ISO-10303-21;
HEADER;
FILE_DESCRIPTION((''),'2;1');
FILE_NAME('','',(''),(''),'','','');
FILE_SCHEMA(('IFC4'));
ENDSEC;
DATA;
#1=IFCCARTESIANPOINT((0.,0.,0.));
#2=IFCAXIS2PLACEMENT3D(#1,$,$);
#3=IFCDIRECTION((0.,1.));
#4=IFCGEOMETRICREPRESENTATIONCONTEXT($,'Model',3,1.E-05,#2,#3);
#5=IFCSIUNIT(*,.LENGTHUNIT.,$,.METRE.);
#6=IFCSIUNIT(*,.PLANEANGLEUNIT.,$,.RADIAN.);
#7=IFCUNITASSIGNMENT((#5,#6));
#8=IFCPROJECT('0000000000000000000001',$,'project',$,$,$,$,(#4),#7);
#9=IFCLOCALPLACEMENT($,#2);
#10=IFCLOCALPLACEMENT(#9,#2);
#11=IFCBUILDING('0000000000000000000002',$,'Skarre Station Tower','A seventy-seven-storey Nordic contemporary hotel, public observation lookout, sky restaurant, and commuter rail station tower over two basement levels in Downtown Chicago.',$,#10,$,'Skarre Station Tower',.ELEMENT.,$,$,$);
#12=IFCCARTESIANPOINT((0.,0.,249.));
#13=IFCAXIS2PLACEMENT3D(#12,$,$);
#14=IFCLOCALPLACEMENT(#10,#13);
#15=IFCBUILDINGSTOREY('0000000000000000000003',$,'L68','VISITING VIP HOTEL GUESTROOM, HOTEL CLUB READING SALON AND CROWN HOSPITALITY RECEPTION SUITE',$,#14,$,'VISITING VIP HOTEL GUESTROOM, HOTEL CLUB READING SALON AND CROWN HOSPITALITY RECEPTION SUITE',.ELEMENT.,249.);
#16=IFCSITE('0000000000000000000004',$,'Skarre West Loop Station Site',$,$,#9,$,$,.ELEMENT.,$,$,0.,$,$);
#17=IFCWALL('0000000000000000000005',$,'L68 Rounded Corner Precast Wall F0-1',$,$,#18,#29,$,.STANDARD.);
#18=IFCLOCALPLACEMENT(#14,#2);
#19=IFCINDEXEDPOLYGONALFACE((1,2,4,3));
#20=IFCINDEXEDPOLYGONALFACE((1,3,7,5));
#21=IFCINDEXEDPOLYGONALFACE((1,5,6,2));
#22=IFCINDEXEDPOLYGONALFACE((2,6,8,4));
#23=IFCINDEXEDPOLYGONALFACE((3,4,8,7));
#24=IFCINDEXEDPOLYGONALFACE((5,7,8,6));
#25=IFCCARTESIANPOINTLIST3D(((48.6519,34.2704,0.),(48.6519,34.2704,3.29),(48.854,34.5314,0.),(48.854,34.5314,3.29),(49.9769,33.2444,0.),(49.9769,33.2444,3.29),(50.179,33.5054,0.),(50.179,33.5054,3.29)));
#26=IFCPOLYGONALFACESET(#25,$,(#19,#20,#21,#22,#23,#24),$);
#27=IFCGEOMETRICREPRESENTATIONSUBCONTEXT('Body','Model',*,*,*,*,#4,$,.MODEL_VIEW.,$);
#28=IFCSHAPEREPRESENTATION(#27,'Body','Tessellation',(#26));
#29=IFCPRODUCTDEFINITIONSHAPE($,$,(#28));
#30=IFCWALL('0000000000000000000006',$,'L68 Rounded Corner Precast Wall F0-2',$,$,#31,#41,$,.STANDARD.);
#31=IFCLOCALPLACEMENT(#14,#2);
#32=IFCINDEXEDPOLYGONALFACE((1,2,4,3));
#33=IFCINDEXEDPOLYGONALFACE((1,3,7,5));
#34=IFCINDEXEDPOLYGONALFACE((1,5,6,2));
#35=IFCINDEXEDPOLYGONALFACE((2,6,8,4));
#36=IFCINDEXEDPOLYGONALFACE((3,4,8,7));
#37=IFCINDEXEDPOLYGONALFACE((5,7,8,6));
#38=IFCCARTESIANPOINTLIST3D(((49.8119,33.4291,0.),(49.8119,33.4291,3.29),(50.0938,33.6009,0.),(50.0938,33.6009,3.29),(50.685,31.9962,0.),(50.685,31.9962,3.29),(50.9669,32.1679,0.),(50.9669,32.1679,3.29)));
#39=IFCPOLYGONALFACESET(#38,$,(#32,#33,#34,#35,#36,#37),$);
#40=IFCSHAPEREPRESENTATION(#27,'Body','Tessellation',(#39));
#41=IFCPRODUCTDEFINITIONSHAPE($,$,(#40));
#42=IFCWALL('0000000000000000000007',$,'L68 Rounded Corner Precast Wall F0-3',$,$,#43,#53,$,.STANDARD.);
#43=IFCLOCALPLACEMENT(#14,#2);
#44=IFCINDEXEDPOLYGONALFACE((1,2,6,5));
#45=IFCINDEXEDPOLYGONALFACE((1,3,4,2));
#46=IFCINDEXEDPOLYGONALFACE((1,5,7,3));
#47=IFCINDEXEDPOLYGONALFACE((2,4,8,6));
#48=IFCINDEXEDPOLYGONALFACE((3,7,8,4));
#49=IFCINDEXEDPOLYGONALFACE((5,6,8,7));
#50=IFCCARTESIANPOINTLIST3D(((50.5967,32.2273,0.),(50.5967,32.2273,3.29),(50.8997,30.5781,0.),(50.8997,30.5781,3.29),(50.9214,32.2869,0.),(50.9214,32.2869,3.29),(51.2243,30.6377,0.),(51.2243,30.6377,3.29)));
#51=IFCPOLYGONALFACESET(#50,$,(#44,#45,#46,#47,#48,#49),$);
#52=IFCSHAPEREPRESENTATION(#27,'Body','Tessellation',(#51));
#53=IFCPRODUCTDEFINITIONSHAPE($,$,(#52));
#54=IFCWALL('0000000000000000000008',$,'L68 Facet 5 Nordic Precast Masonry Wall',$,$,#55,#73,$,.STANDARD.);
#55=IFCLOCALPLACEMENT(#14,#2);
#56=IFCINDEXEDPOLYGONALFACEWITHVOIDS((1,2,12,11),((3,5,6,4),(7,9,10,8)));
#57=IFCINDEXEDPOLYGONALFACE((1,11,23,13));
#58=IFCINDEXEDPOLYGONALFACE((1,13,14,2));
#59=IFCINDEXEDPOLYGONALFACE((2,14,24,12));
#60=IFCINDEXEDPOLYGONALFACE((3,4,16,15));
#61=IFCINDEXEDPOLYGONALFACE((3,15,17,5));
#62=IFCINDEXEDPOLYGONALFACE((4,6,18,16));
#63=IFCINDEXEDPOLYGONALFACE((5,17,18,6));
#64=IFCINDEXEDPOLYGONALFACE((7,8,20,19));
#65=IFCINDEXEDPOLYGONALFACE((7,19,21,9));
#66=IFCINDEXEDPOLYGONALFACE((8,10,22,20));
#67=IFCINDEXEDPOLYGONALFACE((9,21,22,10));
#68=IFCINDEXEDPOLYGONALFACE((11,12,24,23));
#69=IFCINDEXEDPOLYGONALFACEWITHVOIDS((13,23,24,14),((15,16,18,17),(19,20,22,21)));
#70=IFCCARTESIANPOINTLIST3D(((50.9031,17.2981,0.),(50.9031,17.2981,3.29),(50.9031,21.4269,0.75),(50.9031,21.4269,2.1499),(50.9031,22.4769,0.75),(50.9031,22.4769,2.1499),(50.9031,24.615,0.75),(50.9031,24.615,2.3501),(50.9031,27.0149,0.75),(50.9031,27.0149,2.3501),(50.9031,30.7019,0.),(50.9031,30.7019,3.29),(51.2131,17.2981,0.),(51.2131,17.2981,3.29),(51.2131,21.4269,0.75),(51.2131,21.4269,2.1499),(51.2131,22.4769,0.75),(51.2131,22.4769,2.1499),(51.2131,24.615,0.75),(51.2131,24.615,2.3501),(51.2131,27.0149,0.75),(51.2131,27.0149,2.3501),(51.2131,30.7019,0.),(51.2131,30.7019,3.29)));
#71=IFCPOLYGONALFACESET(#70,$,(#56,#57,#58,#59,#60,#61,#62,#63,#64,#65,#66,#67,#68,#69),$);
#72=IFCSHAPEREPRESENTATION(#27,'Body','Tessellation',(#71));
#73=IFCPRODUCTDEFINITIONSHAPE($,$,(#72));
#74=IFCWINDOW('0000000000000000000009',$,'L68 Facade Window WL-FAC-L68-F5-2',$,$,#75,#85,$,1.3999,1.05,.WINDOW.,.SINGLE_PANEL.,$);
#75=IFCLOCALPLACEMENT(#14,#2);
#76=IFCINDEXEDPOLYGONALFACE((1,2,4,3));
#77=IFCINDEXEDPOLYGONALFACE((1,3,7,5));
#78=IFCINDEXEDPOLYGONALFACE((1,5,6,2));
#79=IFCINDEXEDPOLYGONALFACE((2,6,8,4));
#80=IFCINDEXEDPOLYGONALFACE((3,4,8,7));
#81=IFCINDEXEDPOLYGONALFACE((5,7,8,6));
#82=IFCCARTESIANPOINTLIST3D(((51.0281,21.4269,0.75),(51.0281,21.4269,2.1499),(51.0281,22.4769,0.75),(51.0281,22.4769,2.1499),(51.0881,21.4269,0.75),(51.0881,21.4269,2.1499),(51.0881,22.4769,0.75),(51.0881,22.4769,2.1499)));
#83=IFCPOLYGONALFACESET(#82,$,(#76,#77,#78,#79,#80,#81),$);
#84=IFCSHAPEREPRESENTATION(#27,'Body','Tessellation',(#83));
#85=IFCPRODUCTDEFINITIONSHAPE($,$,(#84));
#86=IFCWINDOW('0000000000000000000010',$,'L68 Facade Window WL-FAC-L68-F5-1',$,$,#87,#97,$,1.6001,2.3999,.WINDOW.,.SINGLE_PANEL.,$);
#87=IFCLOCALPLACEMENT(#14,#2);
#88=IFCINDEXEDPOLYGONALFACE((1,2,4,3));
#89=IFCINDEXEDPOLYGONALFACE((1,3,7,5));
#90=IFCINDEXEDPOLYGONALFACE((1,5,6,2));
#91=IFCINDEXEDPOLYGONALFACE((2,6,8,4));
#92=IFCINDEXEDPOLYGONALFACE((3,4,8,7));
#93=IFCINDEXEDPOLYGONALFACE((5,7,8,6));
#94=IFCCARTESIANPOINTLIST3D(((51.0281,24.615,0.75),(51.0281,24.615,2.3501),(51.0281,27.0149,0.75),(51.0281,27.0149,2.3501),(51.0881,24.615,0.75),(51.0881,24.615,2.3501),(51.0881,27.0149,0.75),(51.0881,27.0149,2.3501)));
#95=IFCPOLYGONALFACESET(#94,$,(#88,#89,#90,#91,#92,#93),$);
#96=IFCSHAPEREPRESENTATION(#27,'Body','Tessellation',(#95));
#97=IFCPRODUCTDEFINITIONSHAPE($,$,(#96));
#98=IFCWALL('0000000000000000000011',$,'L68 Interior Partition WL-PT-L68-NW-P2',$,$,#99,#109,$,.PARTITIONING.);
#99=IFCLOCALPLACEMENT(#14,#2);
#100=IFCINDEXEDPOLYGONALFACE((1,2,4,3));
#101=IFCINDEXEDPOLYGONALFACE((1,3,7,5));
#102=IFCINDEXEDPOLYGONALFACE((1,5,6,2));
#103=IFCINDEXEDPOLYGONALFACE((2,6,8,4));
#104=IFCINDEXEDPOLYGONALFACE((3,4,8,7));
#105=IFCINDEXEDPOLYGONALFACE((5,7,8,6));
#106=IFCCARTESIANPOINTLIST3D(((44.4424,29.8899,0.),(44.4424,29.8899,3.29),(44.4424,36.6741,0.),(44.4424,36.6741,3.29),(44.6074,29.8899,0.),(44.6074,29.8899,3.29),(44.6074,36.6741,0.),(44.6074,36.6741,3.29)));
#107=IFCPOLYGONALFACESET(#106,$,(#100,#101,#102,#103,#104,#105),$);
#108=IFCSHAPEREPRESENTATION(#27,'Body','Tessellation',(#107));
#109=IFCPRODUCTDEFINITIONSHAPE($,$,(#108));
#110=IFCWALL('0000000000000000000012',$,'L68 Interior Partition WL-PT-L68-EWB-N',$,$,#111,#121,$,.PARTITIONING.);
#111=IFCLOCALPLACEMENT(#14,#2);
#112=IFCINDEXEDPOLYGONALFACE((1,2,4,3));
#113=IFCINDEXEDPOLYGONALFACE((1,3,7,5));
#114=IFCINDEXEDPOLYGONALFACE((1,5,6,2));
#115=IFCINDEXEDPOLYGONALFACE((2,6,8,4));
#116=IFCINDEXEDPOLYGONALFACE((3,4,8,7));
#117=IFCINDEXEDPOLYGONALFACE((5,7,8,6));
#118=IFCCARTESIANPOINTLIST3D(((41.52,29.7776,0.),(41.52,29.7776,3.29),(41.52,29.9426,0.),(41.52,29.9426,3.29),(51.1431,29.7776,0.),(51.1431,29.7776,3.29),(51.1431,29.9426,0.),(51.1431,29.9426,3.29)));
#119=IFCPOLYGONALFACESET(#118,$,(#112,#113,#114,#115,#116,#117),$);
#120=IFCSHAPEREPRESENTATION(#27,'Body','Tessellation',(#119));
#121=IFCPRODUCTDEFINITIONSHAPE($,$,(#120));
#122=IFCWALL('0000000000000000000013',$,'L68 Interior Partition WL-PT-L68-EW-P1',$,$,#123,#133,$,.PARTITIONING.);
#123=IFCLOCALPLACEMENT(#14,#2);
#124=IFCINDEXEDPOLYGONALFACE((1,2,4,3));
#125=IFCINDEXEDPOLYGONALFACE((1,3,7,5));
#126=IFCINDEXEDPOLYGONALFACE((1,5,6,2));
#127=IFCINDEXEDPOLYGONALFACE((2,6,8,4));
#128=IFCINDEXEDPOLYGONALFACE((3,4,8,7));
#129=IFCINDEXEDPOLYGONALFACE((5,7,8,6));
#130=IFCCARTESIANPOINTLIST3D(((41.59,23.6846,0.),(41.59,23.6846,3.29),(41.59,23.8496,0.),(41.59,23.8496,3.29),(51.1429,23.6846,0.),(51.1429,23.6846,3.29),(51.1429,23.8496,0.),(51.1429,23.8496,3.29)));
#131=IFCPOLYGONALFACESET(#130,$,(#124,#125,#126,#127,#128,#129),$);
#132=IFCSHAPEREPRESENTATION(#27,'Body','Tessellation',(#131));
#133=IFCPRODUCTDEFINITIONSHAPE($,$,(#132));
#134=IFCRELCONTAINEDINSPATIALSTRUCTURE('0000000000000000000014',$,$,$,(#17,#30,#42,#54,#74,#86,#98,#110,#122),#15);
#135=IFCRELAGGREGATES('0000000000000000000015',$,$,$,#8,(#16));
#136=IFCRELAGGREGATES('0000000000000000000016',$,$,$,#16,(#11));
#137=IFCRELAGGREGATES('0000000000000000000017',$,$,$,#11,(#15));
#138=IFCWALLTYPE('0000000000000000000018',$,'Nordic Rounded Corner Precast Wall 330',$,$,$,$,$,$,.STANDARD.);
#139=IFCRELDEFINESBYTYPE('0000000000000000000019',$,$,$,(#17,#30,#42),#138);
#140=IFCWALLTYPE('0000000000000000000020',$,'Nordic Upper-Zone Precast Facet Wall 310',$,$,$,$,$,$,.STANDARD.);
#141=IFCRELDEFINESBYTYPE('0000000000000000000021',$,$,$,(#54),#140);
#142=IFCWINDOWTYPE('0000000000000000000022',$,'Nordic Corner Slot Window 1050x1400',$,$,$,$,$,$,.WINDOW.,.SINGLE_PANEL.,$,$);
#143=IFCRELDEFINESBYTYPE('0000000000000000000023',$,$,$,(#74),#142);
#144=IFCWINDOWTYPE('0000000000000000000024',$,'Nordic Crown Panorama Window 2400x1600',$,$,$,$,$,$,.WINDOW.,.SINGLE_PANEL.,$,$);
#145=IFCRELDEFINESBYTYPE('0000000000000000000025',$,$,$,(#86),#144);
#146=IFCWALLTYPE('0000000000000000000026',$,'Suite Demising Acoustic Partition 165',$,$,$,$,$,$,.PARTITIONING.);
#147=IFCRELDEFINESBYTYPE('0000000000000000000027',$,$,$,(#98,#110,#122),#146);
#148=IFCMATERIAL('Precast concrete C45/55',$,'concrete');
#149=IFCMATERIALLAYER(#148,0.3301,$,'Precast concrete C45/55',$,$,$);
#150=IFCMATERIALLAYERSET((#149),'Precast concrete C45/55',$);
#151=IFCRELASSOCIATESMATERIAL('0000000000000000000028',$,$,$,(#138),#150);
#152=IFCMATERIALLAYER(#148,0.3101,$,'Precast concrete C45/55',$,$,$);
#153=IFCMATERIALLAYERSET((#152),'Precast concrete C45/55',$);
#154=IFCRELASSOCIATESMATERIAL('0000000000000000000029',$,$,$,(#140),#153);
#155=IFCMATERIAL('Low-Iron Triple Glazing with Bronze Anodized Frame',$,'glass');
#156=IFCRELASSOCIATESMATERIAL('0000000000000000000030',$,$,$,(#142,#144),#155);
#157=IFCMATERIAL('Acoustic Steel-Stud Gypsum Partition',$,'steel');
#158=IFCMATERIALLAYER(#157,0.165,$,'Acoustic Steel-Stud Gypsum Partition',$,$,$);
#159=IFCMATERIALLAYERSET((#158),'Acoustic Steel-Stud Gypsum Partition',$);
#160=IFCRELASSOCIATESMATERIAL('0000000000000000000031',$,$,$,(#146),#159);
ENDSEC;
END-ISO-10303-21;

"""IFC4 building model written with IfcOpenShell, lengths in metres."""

from ifc_helpers import new_model, si_unit, direction, frame, frame_2d, origin, place, context, subcontext, project, spatial, rectangle, extrude, material, layer, layer_set, type_object, element, fill, save


model = new_model("IFC4")

# Units and contexts
model_context = context("Model", 3, precision=1e-05, world=origin(), true_north=direction((0.0, 1.0)))
body_context = subcontext(model_context, "Body", "Model", "MODEL_VIEW")
ifc_project = project(units=[si_unit("LENGTHUNIT", "METRE"), si_unit("PLANEANGLEUNIT", "RADIAN")], contexts=[model_context])

# Site, building, storey
site_placement = place(None, origin())
site = spatial("IfcSite", under=ifc_project, at=site_placement, Name="Skarre West Loop Station Site", CompositionType="ELEMENT", RefElevation=0.0)
building_placement = place(site_placement, origin())
building = spatial("IfcBuilding", under=site, at=building_placement, Name="Skarre Station Tower", Description="A seventy-seven-storey Nordic contemporary hotel, public observation lookout, sky restaurant, and commuter rail station tower over two basement levels in Downtown Chicago.", LongName="Skarre Station Tower", CompositionType="ELEMENT")
storey_placement = place(building_placement, frame((0.0, 0.0, 249.0)))
storey = spatial("IfcBuildingStorey", under=building, at=storey_placement, Name="L68", Description="VISITING VIP HOTEL GUESTROOM, HOTEL CLUB READING SALON AND CROWN HOSPITALITY RECEPTION SUITE", LongName="VISITING VIP HOTEL GUESTROOM, HOTEL CLUB READING SALON AND CROWN HOSPITALITY RECEPTION SUITE", CompositionType="ELEMENT", Elevation=249.0)

# Shared definitions
ifc_material_1 = material(Name="Acoustic Steel-Stud Gypsum Partition", Category="steel")

# Walls
ifc_material_2 = material(Name="Precast concrete C45/55", Category="concrete")
ifc_layer_1 = layer(ifc_material_2, 0.3301, Name="Precast concrete C45/55")
ifc_layer_set_1 = layer_set([ifc_layer_1], Name="Precast concrete C45/55")
wall_type_1 = type_object("IfcWallType", Name="Nordic Rounded Corner Precast Wall 330", PredefinedType="STANDARD", material=ifc_layer_set_1)
wall_1_placement = place(storey_placement, frame((48.7529, 34.4009, 0.0), z_axis=(0.0, 0.0, 1.0), x_axis=(0.790692, -0.612214, 0.0)))
element("IfcWall", 1, at=wall_1_placement, inside=storey, type_object=wall_type_1, Name="L68 Rounded Corner Precast Wall F0-1", PredefinedType="STANDARD", context=body_context, shape_type="SweptSolid", body=[
    extrude(rectangle(XDim=1.6758, YDim=0.3301, at=frame_2d((0.8379, 0.0))), origin(), (0.0, 0.0, 1.0), 3.29),
])
wall_2_placement = place(storey_placement, frame((49.9529, 33.5149, 0.0), z_axis=(0.0, 0.0, 1.0), x_axis=(0.520325, -0.853968, 0.0)))
element("IfcWall", 2, at=wall_2_placement, inside=storey, type_object=wall_type_1, Name="L68 Rounded Corner Precast Wall F0-2", PredefinedType="STANDARD", context=body_context, shape_type="SweptSolid", body=[
    extrude(rectangle(XDim=1.678, YDim=0.3301, at=frame_2d((0.8389, 0.0))), origin(), (0.0, 0.0, 1.0), 3.29),
])
wall_3_placement = place(storey_placement, frame((50.759, 32.2571, 0.0), z_axis=(0.0, 0.0, 1.0), x_axis=(0.180692, -0.98354, 0.0)))
element("IfcWall", 3, at=wall_3_placement, inside=storey, type_object=wall_type_1, Name="L68 Rounded Corner Precast Wall F0-3", PredefinedType="STANDARD", context=body_context, shape_type="SweptSolid", body=[
    extrude(rectangle(XDim=1.6768, YDim=0.3301, at=frame_2d((0.8384, 0.0))), origin(), (0.0, 0.0, 1.0), 3.29),
])

# Wall, openings, windows
ifc_layer_2 = layer(ifc_material_2, 0.3101, Name="Precast concrete C45/55")
ifc_layer_set_2 = layer_set([ifc_layer_2], Name="Precast concrete C45/55")
wall_type_2 = type_object("IfcWallType", Name="Nordic Upper-Zone Precast Facet Wall 310", PredefinedType="STANDARD", material=ifc_layer_set_2)
wall_4_placement = place(storey_placement, frame((51.0581, 30.7019, 0.0), z_axis=(0.0, 0.0, 1.0), x_axis=(0.0, -1.0, 0.0)))
wall_4 = element("IfcWall", 4, at=wall_4_placement, inside=storey, type_object=wall_type_2, Name="L68 Facet 5 Nordic Precast Masonry Wall", PredefinedType="STANDARD", context=body_context, shape_type="SweptSolid", body=[
    extrude(rectangle(XDim=13.4038, YDim=0.3101, at=frame_2d((6.7019, 0.0))), origin(), (0.0, 0.0, 1.0), 3.29),
])
opening_1_placement = place(wall_4_placement, frame((3.687, 0.0, 0.75)))
opening_1 = element("IfcOpeningElement", 5, at=opening_1_placement, cuts=wall_4, PredefinedType="OPENING", context=body_context, shape_type="SweptSolid", body=[
    extrude(rectangle(XDim=2.3999, YDim=1.6001, at=frame_2d((1.2, 0.8))), frame((0.0, 0.165, 0.0), z_axis=(0.0, -1.0, 0.0), x_axis=(1.0, 0.0, 0.0)), (0.0, 0.0, 1.0), 0.3301),
])
opening_2_placement = place(wall_4_placement, frame((8.2251, 0.0, 0.75)))
opening_2 = element("IfcOpeningElement", 6, at=opening_2_placement, cuts=wall_4, PredefinedType="OPENING", context=body_context, shape_type="SweptSolid", body=[
    extrude(rectangle(XDim=1.05, YDim=1.3999, at=frame_2d((0.5249, 0.7))), frame((0.0, 0.165, 0.0), z_axis=(0.0, -1.0, 0.0), x_axis=(1.0, 0.0, 0.0)), (0.0, 0.0, 1.0), 0.3301),
])
ifc_material_3 = material(Name="Low-Iron Triple Glazing with Bronze Anodized Frame", Category="glass")
window_type_1 = type_object("IfcWindowType", Name="Nordic Corner Slot Window 1050x1400", PartitioningType="SINGLE_PANEL", PredefinedType="WINDOW", material=ifc_material_3)
window_1_placement = place(opening_2_placement, origin())
window_1 = element("IfcWindow", 7, at=window_1_placement, inside=storey, type_object=window_type_1, Name="L68 Facade Window WL-FAC-L68-F5-2", OverallHeight=1.3999, OverallWidth=1.05, PartitioningType="SINGLE_PANEL", PredefinedType="WINDOW", context=body_context, shape_type="SweptSolid", body=[
    extrude(rectangle(XDim=1.05, YDim=1.3999, at=frame_2d((0.5249, 0.7))), frame((0.0, 0.03, 0.0), z_axis=(0.0, -1.0, 0.0), x_axis=(1.0, 0.0, 0.0)), (0.0, 0.0, 1.0), 0.0601),
])
fill(opening_2, window_1)
window_type_2 = type_object("IfcWindowType", Name="Nordic Crown Panorama Window 2400x1600", PartitioningType="SINGLE_PANEL", PredefinedType="WINDOW", material=ifc_material_3)
window_2_placement = place(opening_1_placement, origin())
window_2 = element("IfcWindow", 8, at=window_2_placement, inside=storey, type_object=window_type_2, Name="L68 Facade Window WL-FAC-L68-F5-1", OverallHeight=1.6001, OverallWidth=2.3999, PartitioningType="SINGLE_PANEL", PredefinedType="WINDOW", context=body_context, shape_type="SweptSolid", body=[
    extrude(rectangle(XDim=2.3999, YDim=1.6001, at=frame_2d((1.2, 0.8))), frame((0.0, 0.03, 0.0), z_axis=(0.0, -1.0, 0.0), x_axis=(1.0, 0.0, 0.0)), (0.0, 0.0, 1.0), 0.0601),
])
fill(opening_1, window_2)

# Walls
ifc_layer_3 = layer(ifc_material_1, 0.165, Name="Acoustic Steel-Stud Gypsum Partition")
ifc_layer_set_3 = layer_set([ifc_layer_3], Name="Acoustic Steel-Stud Gypsum Partition")
wall_type_3 = type_object("IfcWallType", Name="Suite Demising Acoustic Partition 165", PredefinedType="PARTITIONING", material=ifc_layer_set_3)
wall_5_placement = place(storey_placement, frame((44.5249, 29.8899, 0.0), z_axis=(0.0, 0.0, 1.0), x_axis=(0.0, 1.0, 0.0)))
element("IfcWall", 9, at=wall_5_placement, inside=storey, type_object=wall_type_3, Name="L68 Interior Partition WL-PT-L68-NW-P2", PredefinedType="PARTITIONING", context=body_context, shape_type="SweptSolid", body=[
    extrude(rectangle(XDim=6.7842, YDim=0.165, at=frame_2d((3.3921, 0.0))), origin(), (0.0, 0.0, 1.0), 3.29),
])
wall_6_placement = place(storey_placement, frame((41.52, 29.8601, 0.0), z_axis=(0.0, 0.0, 1.0), x_axis=(1.0, 0.0, 0.0)))
element("IfcWall", 10, at=wall_6_placement, inside=storey, type_object=wall_type_3, Name="L68 Interior Partition WL-PT-L68-EWB-N", PredefinedType="PARTITIONING", context=body_context, shape_type="SweptSolid", body=[
    extrude(rectangle(XDim=9.623, YDim=0.165, at=frame_2d((4.8115, 0.0))), origin(), (0.0, 0.0, 1.0), 3.29),
])
wall_7_placement = place(storey_placement, frame((41.5901, 23.7671, 0.0), z_axis=(0.0, 0.0, 1.0), x_axis=(1.0, 0.0, 0.0)))
element("IfcWall", 11, at=wall_7_placement, inside=storey, type_object=wall_type_3, Name="L68 Interior Partition WL-PT-L68-EW-P1", PredefinedType="PARTITIONING", context=body_context, shape_type="SweptSolid", body=[
    extrude(rectangle(XDim=9.553, YDim=0.165, at=frame_2d((4.7764, 0.0))), origin(), (0.0, 0.0, 1.0), 3.29),
])

save(model, "model.ifc")
